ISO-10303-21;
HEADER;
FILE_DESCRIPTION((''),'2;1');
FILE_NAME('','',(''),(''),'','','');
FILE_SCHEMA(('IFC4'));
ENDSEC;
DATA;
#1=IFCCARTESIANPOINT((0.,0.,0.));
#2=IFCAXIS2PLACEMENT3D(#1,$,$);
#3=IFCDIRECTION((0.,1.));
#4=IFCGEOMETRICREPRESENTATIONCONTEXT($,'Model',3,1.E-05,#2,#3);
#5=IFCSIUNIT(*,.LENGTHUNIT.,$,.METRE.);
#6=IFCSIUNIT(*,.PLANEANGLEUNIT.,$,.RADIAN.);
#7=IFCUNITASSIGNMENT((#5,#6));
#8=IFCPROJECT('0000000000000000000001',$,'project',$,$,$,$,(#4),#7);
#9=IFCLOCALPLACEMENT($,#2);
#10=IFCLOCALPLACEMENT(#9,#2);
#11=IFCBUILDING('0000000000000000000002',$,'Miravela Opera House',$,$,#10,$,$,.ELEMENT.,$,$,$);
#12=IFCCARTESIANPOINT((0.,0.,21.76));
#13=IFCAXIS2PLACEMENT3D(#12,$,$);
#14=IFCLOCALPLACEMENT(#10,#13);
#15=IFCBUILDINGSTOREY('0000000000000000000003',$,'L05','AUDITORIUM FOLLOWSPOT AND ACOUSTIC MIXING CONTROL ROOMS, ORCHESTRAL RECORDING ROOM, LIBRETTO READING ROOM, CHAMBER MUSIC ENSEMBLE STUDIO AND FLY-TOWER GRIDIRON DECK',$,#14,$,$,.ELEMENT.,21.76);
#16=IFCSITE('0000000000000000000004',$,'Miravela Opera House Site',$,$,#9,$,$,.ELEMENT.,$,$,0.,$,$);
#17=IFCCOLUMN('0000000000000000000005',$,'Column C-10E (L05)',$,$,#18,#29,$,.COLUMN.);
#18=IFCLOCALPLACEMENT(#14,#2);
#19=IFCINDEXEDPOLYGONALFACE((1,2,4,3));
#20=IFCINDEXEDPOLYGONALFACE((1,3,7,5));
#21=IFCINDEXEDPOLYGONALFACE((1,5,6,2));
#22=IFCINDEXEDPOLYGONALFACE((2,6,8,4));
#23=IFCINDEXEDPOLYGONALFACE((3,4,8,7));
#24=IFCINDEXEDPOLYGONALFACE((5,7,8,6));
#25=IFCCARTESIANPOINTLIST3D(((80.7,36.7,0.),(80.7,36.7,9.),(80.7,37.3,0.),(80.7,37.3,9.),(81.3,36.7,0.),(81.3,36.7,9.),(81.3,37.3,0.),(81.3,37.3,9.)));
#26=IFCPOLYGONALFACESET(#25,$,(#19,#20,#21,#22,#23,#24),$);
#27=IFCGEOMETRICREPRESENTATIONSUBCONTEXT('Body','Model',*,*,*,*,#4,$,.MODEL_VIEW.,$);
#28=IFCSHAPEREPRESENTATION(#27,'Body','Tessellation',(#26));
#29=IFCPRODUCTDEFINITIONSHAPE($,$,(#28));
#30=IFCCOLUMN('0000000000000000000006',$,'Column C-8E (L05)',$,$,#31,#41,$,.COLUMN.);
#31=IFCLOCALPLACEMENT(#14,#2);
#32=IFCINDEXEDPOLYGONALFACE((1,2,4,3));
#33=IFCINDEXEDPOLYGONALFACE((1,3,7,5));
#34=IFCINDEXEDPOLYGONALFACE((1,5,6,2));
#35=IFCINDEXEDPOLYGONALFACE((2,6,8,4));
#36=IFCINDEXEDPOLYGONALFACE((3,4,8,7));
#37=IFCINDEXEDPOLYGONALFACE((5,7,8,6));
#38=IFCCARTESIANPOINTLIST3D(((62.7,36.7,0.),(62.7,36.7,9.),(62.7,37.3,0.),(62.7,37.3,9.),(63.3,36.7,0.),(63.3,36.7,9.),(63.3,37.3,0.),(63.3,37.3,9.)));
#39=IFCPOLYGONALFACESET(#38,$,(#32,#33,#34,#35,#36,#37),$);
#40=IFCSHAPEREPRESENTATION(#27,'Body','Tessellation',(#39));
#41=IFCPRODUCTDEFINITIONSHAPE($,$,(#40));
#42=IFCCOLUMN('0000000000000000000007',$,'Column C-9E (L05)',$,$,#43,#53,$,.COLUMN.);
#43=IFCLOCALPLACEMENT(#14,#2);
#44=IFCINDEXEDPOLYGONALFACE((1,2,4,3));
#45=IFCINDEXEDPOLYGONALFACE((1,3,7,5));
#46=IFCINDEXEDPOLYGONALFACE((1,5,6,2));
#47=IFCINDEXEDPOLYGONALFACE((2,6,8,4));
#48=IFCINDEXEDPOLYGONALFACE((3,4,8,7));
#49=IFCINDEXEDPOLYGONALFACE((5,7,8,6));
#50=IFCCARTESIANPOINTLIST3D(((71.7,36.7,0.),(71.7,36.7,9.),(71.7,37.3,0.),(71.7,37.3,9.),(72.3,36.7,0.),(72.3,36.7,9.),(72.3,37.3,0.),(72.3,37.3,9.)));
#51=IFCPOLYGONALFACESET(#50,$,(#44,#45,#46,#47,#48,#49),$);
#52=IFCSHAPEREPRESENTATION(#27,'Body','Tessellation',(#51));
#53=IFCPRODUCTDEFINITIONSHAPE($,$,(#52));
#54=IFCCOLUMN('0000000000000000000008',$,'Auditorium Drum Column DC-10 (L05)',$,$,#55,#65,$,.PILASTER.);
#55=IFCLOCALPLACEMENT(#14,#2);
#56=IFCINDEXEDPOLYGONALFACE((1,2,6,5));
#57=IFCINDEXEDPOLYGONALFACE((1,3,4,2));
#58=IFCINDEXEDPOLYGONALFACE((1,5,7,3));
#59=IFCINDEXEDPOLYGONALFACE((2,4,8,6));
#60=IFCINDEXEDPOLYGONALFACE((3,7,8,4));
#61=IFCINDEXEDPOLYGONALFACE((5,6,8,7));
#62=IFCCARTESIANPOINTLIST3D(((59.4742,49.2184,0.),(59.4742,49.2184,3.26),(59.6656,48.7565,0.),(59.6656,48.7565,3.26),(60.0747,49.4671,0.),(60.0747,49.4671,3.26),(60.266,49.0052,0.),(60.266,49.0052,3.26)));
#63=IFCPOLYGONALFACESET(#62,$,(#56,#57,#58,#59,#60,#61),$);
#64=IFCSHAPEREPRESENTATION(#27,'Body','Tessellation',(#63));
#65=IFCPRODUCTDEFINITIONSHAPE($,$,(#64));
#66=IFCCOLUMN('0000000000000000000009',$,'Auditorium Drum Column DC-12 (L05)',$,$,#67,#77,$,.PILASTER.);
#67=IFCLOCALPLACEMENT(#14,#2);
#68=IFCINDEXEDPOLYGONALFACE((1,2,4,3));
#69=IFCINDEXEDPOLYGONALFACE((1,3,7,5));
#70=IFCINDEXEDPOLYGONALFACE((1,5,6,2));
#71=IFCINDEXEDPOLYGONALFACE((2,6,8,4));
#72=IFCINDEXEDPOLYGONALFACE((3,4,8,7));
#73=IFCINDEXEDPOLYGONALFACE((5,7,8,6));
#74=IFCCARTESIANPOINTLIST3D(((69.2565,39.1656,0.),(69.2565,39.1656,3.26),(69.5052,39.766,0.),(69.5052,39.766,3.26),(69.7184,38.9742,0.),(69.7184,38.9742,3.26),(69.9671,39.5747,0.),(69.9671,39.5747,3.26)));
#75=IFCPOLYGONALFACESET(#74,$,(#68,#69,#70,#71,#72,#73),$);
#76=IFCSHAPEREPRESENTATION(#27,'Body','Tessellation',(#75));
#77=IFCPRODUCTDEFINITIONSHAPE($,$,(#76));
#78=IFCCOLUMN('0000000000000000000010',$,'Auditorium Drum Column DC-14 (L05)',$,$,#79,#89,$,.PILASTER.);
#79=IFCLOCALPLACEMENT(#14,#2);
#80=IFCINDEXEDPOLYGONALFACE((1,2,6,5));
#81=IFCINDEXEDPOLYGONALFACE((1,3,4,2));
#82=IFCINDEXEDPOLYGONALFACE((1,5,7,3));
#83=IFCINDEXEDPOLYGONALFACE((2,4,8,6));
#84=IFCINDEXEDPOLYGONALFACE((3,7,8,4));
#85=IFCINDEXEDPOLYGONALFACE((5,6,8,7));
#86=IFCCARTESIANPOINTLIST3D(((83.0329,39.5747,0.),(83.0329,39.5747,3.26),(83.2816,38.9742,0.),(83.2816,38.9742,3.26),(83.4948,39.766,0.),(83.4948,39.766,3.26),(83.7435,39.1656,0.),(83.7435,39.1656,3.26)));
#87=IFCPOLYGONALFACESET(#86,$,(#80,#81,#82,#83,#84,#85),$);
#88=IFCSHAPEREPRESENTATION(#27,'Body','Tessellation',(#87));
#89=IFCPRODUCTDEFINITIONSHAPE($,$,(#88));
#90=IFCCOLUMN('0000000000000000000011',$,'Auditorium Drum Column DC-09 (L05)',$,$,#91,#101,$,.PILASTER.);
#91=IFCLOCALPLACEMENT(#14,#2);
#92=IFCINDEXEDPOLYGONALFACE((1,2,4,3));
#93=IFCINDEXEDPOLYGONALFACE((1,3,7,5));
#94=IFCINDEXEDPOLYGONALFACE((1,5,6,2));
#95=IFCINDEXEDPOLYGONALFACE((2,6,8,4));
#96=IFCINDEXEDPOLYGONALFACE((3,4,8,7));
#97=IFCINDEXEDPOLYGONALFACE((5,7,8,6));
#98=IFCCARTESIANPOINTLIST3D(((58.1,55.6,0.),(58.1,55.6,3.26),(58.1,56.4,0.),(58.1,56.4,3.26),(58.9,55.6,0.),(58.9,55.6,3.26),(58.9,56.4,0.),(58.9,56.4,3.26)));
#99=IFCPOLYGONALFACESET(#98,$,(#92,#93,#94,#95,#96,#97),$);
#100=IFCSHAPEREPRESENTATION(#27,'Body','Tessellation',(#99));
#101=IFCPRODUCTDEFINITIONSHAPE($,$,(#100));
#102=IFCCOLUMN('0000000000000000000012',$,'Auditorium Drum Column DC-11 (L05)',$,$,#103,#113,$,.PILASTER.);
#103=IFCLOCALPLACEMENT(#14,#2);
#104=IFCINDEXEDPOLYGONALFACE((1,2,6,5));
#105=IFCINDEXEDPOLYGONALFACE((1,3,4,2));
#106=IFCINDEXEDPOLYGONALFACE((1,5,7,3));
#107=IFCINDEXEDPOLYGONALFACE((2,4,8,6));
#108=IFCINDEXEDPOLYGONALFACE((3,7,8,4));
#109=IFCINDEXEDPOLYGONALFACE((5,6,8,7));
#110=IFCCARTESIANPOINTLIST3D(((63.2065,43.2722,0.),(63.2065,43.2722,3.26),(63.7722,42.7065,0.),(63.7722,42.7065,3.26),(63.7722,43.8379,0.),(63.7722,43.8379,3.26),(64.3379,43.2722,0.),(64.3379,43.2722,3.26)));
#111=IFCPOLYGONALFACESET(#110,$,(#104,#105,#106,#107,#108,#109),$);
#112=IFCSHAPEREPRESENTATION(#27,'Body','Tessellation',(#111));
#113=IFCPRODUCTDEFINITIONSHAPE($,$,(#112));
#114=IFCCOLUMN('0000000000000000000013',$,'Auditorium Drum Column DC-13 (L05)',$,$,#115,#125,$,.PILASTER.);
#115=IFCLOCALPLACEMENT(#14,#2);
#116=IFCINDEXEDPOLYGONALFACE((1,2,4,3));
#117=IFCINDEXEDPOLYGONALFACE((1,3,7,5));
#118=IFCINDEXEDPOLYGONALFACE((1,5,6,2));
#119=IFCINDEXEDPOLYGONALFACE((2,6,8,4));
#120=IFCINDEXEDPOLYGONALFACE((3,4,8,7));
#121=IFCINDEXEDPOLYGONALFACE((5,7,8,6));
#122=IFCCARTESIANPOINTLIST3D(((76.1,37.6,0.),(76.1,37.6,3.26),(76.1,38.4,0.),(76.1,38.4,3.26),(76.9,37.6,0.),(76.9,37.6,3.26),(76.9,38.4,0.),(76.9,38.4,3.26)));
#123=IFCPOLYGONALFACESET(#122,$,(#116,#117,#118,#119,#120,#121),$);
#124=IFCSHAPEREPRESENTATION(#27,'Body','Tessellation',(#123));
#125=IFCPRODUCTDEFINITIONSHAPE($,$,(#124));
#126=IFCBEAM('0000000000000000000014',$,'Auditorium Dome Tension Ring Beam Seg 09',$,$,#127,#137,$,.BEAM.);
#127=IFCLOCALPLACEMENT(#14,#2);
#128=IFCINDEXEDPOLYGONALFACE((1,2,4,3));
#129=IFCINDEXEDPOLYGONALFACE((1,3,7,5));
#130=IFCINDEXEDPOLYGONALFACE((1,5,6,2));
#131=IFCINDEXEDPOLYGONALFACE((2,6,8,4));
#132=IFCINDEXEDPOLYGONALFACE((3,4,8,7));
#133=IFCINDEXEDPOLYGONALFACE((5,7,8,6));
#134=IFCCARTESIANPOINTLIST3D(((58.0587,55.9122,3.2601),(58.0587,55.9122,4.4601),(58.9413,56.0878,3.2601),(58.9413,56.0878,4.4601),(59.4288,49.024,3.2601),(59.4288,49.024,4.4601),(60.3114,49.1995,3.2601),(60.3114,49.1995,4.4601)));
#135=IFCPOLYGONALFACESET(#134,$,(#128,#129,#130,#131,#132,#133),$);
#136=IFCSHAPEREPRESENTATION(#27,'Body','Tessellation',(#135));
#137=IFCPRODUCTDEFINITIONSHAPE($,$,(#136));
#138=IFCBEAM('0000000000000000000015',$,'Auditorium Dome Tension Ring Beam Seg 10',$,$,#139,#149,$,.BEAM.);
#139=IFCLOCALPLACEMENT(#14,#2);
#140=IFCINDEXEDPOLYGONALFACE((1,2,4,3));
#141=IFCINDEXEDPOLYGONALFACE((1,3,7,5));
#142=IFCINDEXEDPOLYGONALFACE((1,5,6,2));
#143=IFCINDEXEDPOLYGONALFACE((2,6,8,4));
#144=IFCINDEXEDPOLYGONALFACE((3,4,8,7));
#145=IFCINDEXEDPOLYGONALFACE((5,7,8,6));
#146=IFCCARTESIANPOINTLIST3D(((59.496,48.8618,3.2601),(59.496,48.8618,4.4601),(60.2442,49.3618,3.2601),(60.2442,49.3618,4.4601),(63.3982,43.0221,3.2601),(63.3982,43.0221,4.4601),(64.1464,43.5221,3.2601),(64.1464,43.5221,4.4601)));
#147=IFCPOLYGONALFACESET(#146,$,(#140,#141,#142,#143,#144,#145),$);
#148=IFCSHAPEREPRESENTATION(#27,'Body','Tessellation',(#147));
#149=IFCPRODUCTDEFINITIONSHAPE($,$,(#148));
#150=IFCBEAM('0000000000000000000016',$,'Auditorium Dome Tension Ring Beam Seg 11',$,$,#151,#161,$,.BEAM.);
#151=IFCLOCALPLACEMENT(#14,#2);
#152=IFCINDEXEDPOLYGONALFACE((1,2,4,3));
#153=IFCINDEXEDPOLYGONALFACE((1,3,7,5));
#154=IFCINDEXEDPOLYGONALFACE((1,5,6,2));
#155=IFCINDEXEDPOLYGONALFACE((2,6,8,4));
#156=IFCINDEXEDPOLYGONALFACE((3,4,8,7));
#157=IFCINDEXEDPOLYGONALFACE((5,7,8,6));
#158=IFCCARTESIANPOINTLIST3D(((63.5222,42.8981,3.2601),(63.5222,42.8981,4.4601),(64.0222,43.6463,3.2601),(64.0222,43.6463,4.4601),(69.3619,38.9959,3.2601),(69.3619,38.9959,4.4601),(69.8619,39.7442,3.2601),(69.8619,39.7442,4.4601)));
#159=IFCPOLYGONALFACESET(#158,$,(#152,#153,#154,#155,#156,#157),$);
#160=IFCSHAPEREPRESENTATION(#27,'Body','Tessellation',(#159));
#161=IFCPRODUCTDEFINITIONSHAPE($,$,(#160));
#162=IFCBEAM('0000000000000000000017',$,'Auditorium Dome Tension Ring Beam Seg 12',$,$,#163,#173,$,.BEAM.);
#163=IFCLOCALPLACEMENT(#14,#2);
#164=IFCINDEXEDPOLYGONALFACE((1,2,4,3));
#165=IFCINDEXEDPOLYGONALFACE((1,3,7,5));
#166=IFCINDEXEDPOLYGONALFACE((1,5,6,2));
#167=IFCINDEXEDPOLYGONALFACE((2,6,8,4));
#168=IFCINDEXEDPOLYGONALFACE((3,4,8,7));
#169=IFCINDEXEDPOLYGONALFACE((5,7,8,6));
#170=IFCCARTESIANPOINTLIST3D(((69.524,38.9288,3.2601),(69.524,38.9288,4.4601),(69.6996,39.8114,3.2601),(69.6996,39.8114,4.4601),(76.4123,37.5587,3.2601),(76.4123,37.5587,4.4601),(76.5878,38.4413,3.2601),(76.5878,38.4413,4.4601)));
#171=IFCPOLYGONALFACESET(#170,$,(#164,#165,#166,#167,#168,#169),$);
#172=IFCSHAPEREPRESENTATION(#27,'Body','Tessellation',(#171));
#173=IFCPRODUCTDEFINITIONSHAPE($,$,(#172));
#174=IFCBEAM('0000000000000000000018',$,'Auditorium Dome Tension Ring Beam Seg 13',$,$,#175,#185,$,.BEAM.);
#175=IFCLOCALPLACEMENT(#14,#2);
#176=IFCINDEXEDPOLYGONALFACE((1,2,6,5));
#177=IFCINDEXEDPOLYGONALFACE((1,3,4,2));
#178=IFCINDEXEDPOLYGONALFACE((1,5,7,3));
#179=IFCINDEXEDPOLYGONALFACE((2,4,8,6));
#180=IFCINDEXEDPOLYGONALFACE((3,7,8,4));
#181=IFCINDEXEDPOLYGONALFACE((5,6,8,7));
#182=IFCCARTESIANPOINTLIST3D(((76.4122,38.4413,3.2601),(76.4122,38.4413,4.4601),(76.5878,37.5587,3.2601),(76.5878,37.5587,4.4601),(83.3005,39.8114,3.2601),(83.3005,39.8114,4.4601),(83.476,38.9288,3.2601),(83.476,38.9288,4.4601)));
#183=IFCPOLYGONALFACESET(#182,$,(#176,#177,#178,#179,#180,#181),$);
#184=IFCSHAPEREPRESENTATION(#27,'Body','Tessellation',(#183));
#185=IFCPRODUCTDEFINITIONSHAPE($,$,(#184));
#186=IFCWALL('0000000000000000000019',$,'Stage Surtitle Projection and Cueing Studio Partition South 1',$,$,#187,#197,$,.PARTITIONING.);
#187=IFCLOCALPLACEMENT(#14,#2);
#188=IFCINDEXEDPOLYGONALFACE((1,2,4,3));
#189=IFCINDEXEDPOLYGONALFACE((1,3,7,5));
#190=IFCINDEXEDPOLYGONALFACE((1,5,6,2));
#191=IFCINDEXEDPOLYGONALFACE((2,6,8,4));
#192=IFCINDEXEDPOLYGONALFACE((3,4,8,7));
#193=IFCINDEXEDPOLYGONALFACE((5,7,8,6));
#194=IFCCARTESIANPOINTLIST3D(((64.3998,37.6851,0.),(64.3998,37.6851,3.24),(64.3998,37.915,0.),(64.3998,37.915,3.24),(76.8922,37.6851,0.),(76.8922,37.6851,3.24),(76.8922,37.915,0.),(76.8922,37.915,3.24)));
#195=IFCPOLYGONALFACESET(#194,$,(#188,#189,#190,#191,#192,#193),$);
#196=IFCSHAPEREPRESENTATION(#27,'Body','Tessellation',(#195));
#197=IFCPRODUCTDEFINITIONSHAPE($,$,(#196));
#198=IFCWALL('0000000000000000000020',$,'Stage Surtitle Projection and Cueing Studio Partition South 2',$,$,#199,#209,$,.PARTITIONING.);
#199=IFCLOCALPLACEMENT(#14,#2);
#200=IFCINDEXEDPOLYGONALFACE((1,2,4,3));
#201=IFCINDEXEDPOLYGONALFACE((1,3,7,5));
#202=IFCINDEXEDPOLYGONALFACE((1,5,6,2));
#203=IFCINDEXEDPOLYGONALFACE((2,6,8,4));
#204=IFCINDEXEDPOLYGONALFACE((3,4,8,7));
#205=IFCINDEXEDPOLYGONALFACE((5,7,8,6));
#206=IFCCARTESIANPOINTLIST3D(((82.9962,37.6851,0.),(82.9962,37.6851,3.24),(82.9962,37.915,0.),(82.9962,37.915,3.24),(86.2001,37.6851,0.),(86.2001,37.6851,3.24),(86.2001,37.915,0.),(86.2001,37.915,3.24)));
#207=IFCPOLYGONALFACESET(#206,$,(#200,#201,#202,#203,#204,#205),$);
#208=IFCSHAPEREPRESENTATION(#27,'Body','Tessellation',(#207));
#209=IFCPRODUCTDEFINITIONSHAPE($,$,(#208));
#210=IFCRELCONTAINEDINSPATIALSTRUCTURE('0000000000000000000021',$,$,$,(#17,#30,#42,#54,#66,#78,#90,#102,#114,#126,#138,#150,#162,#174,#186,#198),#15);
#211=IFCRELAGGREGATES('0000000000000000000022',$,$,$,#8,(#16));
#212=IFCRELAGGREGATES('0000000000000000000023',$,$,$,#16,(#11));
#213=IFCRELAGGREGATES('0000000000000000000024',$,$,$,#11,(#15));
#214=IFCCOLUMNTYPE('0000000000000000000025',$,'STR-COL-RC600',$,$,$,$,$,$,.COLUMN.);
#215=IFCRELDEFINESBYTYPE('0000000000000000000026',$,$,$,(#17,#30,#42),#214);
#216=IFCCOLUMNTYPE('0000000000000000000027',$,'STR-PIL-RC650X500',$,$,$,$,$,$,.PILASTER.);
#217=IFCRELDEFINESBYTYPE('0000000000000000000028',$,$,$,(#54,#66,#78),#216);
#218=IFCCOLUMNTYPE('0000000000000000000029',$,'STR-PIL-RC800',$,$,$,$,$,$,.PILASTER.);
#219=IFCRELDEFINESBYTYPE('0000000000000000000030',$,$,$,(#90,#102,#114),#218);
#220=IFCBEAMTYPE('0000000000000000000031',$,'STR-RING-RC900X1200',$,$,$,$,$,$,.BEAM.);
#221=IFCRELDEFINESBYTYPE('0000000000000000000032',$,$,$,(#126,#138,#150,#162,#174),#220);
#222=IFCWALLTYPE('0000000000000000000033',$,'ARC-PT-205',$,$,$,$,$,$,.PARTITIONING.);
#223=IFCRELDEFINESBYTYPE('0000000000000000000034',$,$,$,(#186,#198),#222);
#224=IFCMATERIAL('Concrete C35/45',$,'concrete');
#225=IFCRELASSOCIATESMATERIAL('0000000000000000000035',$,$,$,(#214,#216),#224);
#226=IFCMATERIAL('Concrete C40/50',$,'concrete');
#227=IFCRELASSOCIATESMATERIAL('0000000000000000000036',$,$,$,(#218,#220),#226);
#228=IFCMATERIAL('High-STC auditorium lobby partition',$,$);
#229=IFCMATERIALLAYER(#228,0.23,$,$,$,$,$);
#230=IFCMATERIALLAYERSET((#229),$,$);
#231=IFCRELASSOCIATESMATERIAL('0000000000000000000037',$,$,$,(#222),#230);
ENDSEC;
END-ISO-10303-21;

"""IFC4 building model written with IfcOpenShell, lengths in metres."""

from ifc_helpers import new_model, si_unit, direction, frame, frame_2d, origin, origin_2d, place, context, subcontext, project, spatial, rectangle, extrude, material, layer, layer_set, material_profile, profile_set, type_object, element, save


model = new_model("IFC4")

# Units and contexts
model_context = context("Model", 3, precision=1e-05, world=origin(), true_north=direction((0.0, 1.0)))
body_context = subcontext(model_context, "Body", "Model", "MODEL_VIEW")
ifc_project = project(units=[si_unit("LENGTHUNIT", "METRE"), si_unit("PLANEANGLEUNIT", "RADIAN")], contexts=[model_context])

# Site, building, storey
site_placement = place(None, origin())
site = spatial("IfcSite", under=ifc_project, at=site_placement, Name="Miravela Opera House Site", CompositionType="ELEMENT", RefElevation=0.0)
building_placement = place(site_placement, origin())
building = spatial("IfcBuilding", under=site, at=building_placement, Name="Miravela Opera House", CompositionType="ELEMENT")
storey_placement = place(building_placement, frame((0.0, 0.0, 21.76)))
storey = spatial("IfcBuildingStorey", under=building, at=storey_placement, Name="L05", Description="AUDITORIUM FOLLOWSPOT AND ACOUSTIC MIXING CONTROL ROOMS, ORCHESTRAL RECORDING ROOM, LIBRETTO READING ROOM, CHAMBER MUSIC ENSEMBLE STUDIO AND FLY-TOWER GRIDIRON DECK", CompositionType="ELEMENT", Elevation=21.76)

# Columns
ifc_material_1 = material(Name="Concrete C35/45", Category="concrete")
ifc_material_profile_1 = material_profile(ifc_material_1, rectangle(XDim=0.6001, YDim=0.6001, at=origin_2d()), Name="RC-COL-600X600")
ifc_profile_set_1 = profile_set([ifc_material_profile_1])
column_type_1 = type_object("IfcColumnType", Name="STR-COL-RC600", PredefinedType="COLUMN", material=ifc_profile_set_1)
for number, where, z_axis, x_axis, name in (
    (1, (81.0, 37.0, 0.0), (0.0, 0.0, 1.0), (1.0, 0.0, 0.0), "Column C-10E (L05)"),
    (2, (63.0, 37.0, 0.0), (0.0, 0.0, 1.0), (1.0, 0.0, 0.0), "Column C-8E (L05)"),
    (3, (72.0, 37.0, 0.0), (0.0, 0.0, 1.0), (1.0, 0.0, 0.0), "Column C-9E (L05)"),
):
    element("IfcColumn", number, at=place(storey_placement, frame(where, z_axis=z_axis, x_axis=x_axis)), inside=storey, type_object=column_type_1, Name=name, PredefinedType="COLUMN", context=body_context, shape_type="SweptSolid", body=[
        extrude(rectangle(XDim=0.6001, YDim=0.6001, at=origin_2d()), origin(), (0.0, 0.0, 1.0), 9.0),
    ])
ifc_material_profile_2 = material_profile(ifc_material_1, rectangle(XDim=0.6499, YDim=0.5, at=origin_2d()), Name="RC-PIL-650X500")
ifc_profile_set_2 = profile_set([ifc_material_profile_2])
column_type_2 = type_object("IfcColumnType", Name="STR-PIL-RC650X500", PredefinedType="PILASTER", material=ifc_profile_set_2)
for number, where, z_axis, x_axis, name in (
    (4, (59.8701, 49.1118, 0.0), (0.0, 0.0, 1.0), (-0.92388, -0.382683, 0.0), "Auditorium Drum Column DC-10 (L05)"),
    (5, (69.6118, 39.3701, 0.0), (0.0, 0.0, 1.0), (-0.382683, -0.92388, 0.0), "Auditorium Drum Column DC-12 (L05)"),
    (6, (83.3882, 39.3701, 0.0), (0.0, 0.0, 1.0), (0.382683, -0.92388, 0.0), "Auditorium Drum Column DC-14 (L05)"),
):
    element("IfcColumn", number, at=place(storey_placement, frame(where, z_axis=z_axis, x_axis=x_axis)), inside=storey, type_object=column_type_2, Name=name, PredefinedType="PILASTER", context=body_context, shape_type="SweptSolid", body=[
        extrude(rectangle(XDim=0.6499, YDim=0.5, at=origin_2d()), origin(), (0.0, 0.0, 1.0), 3.26),
    ])
ifc_material_2 = material(Name="Concrete C40/50", Category="concrete")
ifc_material_profile_3 = material_profile(ifc_material_2, rectangle(XDim=0.8, YDim=0.8, at=origin_2d()), Name="RC-COL-800X800")
ifc_profile_set_3 = profile_set([ifc_material_profile_3])
column_type_3 = type_object("IfcColumnType", Name="STR-PIL-RC800", PredefinedType="PILASTER", material=ifc_profile_set_3)
for number, where, z_axis, x_axis, name in (
    (7, (58.5, 56.0, 0.0), (0.0, 0.0, 1.0), (-1.0, 0.0, 0.0), "Auditorium Drum Column DC-09 (L05)"),
    (8, (63.7722, 43.2722, 0.0), (0.0, 0.0, 1.0), (-0.707107, -0.707107, 0.0), "Auditorium Drum Column DC-11 (L05)"),
    (9, (76.5, 38.0, 0.0), (0.0, 0.0, 1.0), (0.0, -1.0, 0.0), "Auditorium Drum Column DC-13 (L05)"),
):
    element("IfcColumn", number, at=place(storey_placement, frame(where, z_axis=z_axis, x_axis=x_axis)), inside=storey, type_object=column_type_3, Name=name, PredefinedType="PILASTER", context=body_context, shape_type="SweptSolid", body=[
        extrude(rectangle(XDim=0.8, YDim=0.8, at=origin_2d()), origin(), (0.0, 0.0, 1.0), 3.26),
    ])

# Beams
ifc_material_profile_4 = material_profile(ifc_material_2, rectangle(XDim=0.8999, YDim=1.2, at=origin_2d()), Name="RC-RING-900X1200")
ifc_profile_set_4 = profile_set([ifc_material_profile_4])
beam_type = type_object("IfcBeamType", Name="STR-RING-RC900X1200", PredefinedType="BEAM", material=ifc_profile_set_4)
beam_placement = place(storey_placement, frame((58.5, 56.0, 3.8601), z_axis=(0.195087, -0.980786, 0.0), x_axis=(0.980786, 0.195087, 0.0)))
element("IfcBeam", 10, at=beam_placement, inside=storey, type_object=beam_type, Name="Auditorium Dome Tension Ring Beam Seg 09", PredefinedType="BEAM", context=body_context, shape_type="SweptSolid", body=[
    extrude(rectangle(XDim=0.8999, YDim=1.2, at=origin_2d()), origin(), (0.0, 0.0, 1.0), 7.0232),
])
for number, where, z_axis, x_axis, name in (
    (11, (59.8701, 49.1118, 3.8601), (0.55559, -0.831456, 0.0), (0.831456, 0.55559, 0.0), "Auditorium Dome Tension Ring Beam Seg 10"),
    (12, (63.7722, 43.2722, 3.8601), (0.831456, -0.55559, 0.0), (0.55559, 0.831456, 0.0), "Auditorium Dome Tension Ring Beam Seg 11"),
):
    element("IfcBeam", number, at=place(storey_placement, frame(where, z_axis=z_axis, x_axis=x_axis)), inside=storey, type_object=beam_type, Name=name, PredefinedType="BEAM", context=body_context, shape_type="SweptSolid", body=[
        extrude(rectangle(XDim=0.8999, YDim=1.2, at=origin_2d()), origin(), (0.0, 0.0, 1.0), 7.0234),
    ])
for number, where, z_axis, x_axis, name in (
    (13, (69.6118, 39.3701, 3.8601), (0.980786, -0.195087, 0.0), (0.195087, 0.980786, 0.0), "Auditorium Dome Tension Ring Beam Seg 12"),
    (14, (76.5, 38.0, 3.8601), (0.980786, 0.195087, 0.0), (-0.195087, 0.980786, 0.0), "Auditorium Dome Tension Ring Beam Seg 13"),
):
    element("IfcBeam", number, at=place(storey_placement, frame(where, z_axis=z_axis, x_axis=x_axis)), inside=storey, type_object=beam_type, Name=name, PredefinedType="BEAM", context=body_context, shape_type="SweptSolid", body=[
        extrude(rectangle(XDim=0.8999, YDim=1.2, at=origin_2d()), origin(), (0.0, 0.0, 1.0), 7.0232),
    ])

# Walls
ifc_material_3 = material(Name="High-STC auditorium lobby partition")
ifc_layer_1 = layer(ifc_material_3, 0.23)
ifc_layer_set_1 = layer_set([ifc_layer_1])
wall_type_1 = type_object("IfcWallType", Name="ARC-PT-205", PredefinedType="PARTITIONING", material=ifc_layer_set_1)
wall_1_placement = place(storey_placement, frame((64.3999, 37.8, 0.0), z_axis=(0.0, 0.0, 1.0), x_axis=(1.0, 0.0, 0.0)))
element("IfcWall", 15, at=wall_1_placement, inside=storey, type_object=wall_type_1, Name="Stage Surtitle Projection and Cueing Studio Partition South 1", PredefinedType="PARTITIONING", context=body_context, shape_type="SweptSolid", body=[
    extrude(rectangle(XDim=12.4924, YDim=0.23, at=frame_2d((6.2461, 0.0))), origin(), (0.0, 0.0, 1.0), 3.24),
])
wall_2_placement = place(storey_placement, frame((82.9961, 37.8, 0.0), z_axis=(0.0, 0.0, 1.0), x_axis=(1.0, 0.0, 0.0)))
element("IfcWall", 16, at=wall_2_placement, inside=storey, type_object=wall_type_1, Name="Stage Surtitle Projection and Cueing Studio Partition South 2", PredefinedType="PARTITIONING", context=body_context, shape_type="SweptSolid", body=[
    extrude(rectangle(XDim=3.2039, YDim=0.23, at=frame_2d((1.6021, 0.0))), origin(), (0.0, 0.0, 1.0), 3.24),
])

save(model, "model.ifc")
